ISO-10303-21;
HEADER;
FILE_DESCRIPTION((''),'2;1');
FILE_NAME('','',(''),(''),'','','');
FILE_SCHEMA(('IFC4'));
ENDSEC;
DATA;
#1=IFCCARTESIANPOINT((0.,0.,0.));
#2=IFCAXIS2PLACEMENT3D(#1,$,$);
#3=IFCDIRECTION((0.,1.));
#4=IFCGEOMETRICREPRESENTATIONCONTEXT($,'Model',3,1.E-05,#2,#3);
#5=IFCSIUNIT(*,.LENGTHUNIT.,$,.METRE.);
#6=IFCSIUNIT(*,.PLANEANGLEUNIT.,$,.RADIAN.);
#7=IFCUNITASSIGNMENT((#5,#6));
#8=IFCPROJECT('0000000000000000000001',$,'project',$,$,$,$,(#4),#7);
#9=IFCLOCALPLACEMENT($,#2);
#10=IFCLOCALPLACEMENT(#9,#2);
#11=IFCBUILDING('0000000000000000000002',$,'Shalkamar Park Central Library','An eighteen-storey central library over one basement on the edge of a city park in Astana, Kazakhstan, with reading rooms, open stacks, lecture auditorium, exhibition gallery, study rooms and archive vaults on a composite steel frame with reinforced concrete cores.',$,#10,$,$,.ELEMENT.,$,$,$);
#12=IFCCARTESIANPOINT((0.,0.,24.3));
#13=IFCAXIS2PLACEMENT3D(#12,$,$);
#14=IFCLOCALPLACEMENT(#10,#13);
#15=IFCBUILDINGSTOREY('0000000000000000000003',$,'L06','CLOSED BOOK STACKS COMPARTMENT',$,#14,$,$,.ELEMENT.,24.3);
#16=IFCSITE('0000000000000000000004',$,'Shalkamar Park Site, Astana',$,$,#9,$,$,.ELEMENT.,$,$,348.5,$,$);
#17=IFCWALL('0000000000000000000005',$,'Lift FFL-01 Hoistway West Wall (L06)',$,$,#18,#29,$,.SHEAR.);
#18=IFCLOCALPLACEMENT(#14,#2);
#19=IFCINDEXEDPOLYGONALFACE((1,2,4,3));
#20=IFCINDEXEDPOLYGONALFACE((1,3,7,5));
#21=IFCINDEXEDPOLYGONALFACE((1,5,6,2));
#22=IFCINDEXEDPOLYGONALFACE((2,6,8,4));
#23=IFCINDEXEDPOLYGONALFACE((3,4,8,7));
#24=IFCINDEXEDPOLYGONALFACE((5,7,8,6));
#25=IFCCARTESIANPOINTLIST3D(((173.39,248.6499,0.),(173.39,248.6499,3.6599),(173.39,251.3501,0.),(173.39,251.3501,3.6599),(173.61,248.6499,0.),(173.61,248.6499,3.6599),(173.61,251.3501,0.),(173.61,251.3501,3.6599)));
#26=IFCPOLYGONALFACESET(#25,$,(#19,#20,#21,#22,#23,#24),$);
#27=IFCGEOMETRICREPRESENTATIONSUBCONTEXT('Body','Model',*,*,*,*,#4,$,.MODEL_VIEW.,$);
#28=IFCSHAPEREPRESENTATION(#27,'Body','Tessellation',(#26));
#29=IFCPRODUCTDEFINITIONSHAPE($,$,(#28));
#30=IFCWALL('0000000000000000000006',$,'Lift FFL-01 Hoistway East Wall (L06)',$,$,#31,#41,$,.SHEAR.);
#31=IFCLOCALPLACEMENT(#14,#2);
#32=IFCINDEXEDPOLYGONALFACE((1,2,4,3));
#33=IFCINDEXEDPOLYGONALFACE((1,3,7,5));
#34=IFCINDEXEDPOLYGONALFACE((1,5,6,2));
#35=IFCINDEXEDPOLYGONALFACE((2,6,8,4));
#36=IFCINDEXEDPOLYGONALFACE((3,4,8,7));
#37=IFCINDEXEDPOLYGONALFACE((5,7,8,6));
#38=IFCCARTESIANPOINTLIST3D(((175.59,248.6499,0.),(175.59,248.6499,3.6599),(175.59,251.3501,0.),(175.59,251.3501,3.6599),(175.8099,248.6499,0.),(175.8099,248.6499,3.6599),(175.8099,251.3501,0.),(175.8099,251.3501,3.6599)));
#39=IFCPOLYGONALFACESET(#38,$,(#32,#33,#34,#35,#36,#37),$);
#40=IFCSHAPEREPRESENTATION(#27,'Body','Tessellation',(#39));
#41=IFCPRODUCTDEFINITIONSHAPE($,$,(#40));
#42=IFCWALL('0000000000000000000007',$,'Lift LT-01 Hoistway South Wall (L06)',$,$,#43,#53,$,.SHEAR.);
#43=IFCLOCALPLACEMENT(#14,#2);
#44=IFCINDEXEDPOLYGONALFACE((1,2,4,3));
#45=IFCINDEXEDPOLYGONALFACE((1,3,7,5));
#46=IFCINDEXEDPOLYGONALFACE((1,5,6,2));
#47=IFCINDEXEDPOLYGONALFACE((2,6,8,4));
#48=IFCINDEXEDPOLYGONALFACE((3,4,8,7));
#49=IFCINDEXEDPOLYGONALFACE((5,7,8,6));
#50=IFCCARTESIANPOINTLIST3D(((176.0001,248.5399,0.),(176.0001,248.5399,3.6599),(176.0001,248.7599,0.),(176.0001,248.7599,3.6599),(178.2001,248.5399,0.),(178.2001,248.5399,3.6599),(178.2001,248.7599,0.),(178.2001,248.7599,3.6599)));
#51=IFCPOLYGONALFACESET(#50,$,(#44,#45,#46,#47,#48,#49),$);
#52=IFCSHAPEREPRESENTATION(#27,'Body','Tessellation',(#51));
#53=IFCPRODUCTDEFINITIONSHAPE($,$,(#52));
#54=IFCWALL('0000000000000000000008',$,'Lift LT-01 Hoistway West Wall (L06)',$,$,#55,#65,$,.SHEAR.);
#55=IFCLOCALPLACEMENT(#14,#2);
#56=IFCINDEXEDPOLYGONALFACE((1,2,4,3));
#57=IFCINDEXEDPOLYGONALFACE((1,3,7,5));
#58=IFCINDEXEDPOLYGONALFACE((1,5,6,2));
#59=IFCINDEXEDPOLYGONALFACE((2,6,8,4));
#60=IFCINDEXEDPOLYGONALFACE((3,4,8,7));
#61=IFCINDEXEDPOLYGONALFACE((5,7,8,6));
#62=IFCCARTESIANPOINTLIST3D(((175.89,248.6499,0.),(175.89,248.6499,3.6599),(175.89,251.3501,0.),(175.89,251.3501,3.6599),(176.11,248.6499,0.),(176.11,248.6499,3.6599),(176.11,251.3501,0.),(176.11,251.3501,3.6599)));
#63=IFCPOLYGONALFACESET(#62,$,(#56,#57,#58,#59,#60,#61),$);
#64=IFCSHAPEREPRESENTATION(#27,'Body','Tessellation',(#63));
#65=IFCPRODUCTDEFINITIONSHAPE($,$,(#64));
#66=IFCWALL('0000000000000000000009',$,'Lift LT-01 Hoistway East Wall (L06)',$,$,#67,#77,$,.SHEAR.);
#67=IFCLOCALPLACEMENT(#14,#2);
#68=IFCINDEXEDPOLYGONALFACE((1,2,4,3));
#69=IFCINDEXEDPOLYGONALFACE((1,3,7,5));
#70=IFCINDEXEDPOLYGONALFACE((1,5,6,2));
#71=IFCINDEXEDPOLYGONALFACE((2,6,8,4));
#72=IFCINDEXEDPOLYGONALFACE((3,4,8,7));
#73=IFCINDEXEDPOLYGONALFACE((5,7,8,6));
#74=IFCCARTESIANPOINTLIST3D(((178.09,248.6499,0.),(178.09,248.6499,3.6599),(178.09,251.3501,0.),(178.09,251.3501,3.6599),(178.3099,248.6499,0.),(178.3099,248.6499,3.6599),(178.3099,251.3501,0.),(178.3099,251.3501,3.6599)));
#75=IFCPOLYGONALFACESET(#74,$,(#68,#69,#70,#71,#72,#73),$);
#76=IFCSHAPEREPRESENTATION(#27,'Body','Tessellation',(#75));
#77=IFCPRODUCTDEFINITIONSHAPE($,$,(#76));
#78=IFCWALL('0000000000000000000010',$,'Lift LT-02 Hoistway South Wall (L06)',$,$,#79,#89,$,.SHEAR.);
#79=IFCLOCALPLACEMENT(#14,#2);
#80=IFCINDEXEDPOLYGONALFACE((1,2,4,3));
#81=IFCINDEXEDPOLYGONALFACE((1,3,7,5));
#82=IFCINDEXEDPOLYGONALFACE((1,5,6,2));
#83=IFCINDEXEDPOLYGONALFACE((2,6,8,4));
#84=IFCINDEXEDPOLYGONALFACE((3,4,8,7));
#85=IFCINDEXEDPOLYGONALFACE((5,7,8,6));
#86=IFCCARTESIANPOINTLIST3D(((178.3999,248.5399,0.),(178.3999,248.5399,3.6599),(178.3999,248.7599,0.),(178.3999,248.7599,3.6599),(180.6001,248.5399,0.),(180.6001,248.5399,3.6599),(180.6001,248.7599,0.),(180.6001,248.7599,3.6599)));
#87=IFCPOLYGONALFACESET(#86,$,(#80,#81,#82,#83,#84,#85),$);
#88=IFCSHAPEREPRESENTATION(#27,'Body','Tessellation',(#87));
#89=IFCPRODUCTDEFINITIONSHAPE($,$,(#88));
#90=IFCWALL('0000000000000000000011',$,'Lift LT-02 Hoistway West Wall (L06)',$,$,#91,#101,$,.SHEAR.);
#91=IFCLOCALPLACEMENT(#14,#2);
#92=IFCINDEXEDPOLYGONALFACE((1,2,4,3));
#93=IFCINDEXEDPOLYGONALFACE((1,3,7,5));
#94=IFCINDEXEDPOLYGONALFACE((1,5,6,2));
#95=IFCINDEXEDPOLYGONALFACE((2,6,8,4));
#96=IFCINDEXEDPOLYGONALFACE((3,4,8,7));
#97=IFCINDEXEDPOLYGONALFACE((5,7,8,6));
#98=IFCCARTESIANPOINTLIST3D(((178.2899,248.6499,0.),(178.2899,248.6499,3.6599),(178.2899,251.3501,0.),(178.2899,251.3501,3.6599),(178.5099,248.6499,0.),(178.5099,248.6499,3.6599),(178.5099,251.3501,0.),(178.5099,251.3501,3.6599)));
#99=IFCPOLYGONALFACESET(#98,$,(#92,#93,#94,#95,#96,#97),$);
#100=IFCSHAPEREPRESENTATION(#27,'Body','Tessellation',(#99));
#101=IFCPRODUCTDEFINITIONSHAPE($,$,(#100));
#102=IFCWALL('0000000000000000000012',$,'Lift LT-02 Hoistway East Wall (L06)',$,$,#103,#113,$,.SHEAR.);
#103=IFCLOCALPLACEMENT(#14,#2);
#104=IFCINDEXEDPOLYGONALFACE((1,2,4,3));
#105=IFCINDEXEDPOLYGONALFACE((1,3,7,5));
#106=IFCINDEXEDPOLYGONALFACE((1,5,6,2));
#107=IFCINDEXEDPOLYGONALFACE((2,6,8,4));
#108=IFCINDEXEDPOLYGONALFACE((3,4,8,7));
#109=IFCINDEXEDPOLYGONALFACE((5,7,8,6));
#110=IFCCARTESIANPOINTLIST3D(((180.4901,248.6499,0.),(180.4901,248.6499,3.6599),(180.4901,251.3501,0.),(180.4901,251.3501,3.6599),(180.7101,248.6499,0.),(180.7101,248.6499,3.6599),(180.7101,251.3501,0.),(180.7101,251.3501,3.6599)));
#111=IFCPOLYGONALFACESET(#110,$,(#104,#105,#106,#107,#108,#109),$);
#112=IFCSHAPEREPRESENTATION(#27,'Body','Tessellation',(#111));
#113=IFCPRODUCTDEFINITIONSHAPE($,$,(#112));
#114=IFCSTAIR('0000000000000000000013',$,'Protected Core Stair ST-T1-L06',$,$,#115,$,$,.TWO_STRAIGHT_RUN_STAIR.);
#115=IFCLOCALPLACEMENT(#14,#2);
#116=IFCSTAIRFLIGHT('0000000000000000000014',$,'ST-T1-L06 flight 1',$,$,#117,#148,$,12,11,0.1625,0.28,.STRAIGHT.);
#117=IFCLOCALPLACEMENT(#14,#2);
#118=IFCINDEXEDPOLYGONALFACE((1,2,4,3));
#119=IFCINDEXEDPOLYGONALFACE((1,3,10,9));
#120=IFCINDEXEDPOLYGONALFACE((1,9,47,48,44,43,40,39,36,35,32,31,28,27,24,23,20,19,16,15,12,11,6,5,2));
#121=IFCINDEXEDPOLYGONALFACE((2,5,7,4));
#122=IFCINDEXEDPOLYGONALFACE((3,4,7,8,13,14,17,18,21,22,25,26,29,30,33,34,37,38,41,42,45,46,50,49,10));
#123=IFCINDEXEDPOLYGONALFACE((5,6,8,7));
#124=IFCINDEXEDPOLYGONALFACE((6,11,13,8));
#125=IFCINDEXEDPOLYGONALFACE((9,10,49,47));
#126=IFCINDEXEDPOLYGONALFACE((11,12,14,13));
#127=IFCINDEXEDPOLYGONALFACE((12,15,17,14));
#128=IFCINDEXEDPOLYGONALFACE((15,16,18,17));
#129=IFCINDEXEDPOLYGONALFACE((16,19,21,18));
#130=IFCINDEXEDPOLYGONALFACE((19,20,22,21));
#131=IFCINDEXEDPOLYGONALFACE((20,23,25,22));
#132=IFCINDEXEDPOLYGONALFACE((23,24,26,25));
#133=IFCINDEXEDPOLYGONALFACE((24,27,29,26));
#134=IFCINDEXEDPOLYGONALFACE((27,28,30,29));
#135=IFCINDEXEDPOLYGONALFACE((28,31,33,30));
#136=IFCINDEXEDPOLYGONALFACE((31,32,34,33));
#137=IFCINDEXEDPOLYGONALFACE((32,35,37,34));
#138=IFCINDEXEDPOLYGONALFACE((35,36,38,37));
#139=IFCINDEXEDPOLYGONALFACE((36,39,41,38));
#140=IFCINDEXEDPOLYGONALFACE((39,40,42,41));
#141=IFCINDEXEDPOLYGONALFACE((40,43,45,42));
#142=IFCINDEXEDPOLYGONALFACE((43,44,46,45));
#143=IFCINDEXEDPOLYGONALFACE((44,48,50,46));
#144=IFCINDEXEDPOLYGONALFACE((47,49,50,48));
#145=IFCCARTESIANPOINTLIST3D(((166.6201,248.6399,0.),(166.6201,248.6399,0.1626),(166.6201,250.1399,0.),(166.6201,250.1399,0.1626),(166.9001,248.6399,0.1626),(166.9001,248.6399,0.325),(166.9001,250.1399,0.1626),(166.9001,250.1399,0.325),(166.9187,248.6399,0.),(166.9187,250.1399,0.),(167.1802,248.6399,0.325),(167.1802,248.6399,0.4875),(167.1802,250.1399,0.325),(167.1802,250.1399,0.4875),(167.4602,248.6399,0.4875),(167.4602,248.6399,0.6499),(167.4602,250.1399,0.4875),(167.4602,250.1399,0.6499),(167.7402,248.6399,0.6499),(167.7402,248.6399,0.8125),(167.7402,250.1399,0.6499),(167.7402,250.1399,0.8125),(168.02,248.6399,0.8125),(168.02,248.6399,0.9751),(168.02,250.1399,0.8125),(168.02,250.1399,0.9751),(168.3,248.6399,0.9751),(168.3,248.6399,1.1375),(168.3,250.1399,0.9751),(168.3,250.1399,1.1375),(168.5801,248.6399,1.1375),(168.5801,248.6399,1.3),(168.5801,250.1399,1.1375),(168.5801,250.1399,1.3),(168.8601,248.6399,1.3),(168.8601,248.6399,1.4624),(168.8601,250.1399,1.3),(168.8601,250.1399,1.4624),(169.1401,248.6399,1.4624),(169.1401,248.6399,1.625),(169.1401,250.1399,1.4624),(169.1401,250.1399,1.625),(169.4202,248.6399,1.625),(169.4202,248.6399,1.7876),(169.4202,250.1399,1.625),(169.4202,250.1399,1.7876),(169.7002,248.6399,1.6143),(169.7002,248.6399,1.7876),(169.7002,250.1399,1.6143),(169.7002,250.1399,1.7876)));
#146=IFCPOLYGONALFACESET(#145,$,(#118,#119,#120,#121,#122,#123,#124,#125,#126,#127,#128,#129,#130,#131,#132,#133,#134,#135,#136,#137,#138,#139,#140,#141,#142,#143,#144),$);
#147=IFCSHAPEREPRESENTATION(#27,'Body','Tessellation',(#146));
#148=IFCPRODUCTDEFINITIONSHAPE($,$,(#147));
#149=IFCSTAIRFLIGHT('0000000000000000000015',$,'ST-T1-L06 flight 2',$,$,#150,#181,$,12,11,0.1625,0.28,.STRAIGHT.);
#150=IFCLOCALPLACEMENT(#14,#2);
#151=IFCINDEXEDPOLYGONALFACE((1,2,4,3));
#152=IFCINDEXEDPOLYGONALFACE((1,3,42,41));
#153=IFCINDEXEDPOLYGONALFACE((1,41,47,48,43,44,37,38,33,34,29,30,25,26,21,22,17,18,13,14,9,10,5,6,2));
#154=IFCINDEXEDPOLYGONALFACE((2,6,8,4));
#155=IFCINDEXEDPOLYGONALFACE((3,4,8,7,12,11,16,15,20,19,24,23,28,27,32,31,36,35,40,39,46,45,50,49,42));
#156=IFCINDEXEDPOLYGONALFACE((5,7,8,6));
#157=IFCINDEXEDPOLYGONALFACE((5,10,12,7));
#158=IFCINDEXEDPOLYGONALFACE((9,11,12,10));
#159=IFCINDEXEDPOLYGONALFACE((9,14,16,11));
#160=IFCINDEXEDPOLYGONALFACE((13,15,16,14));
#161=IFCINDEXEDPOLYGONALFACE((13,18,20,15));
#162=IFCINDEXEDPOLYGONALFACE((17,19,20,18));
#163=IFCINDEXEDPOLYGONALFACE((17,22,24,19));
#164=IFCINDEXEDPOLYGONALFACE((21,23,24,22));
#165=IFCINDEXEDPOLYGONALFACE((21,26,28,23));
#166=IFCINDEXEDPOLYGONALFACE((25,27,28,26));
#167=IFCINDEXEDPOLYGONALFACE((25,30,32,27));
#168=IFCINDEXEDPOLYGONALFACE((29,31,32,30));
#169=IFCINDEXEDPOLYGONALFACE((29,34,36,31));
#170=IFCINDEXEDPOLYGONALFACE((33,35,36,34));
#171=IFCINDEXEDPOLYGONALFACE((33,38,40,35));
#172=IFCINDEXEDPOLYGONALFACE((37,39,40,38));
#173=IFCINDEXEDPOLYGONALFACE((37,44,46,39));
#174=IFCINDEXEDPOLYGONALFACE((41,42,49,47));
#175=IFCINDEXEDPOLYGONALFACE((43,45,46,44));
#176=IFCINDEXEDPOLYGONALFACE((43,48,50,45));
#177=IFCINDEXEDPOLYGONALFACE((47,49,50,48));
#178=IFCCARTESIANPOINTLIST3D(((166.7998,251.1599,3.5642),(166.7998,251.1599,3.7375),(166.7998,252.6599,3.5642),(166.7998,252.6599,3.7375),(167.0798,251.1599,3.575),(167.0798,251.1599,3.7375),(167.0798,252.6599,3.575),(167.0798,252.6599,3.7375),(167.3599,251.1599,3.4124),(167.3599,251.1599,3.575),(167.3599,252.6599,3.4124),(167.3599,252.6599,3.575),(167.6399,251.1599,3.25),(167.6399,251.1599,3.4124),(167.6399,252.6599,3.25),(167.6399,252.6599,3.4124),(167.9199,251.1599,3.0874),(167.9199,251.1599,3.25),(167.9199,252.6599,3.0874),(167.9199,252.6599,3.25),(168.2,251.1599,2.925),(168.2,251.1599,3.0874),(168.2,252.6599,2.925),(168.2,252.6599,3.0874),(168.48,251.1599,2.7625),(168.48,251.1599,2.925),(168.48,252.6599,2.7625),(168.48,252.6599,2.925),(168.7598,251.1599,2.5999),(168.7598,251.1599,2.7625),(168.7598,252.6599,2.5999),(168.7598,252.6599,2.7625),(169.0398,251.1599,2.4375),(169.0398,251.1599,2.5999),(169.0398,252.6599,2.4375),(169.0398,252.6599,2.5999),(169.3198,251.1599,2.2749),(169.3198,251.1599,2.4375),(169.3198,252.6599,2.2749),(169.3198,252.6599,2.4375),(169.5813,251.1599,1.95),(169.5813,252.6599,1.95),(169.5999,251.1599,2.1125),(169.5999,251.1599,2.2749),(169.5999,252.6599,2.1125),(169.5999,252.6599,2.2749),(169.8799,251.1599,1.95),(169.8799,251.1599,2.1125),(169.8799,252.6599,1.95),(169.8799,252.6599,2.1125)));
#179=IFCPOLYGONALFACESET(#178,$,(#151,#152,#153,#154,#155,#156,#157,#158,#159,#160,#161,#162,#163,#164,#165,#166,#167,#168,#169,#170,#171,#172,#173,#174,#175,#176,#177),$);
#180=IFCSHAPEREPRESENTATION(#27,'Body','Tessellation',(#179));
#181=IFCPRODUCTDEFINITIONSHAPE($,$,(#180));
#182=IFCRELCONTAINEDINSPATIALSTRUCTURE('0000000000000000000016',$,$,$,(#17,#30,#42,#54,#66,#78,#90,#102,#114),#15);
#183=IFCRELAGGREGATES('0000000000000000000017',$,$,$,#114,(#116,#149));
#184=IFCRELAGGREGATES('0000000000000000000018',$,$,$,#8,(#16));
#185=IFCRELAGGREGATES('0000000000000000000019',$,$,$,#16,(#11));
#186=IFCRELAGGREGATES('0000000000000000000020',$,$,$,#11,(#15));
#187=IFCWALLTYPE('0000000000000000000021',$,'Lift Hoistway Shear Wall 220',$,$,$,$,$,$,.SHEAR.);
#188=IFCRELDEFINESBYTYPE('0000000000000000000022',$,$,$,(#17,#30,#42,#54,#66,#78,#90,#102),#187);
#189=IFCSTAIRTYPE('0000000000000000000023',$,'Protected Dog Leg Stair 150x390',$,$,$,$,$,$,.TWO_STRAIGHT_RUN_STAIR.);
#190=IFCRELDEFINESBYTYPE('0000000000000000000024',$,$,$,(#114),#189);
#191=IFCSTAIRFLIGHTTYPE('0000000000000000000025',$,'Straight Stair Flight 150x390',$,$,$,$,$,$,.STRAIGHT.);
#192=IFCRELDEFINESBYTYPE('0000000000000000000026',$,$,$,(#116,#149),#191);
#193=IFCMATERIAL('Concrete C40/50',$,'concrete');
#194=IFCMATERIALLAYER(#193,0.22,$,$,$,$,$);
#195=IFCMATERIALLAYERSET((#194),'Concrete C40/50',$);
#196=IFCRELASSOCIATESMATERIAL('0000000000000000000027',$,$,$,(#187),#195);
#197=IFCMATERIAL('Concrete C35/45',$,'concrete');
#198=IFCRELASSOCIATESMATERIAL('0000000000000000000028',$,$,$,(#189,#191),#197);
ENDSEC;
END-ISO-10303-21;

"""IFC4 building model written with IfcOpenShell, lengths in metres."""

from ifc_helpers import new_model, si_unit, direction, frame, frame_2d, origin, place, context, subcontext, project, spatial, polyline, rectangle, outline, extrude, material, layer, layer_set, type_object, element, aggregate, save


model = new_model("IFC4")

# Units and contexts
model_context = context("Model", 3, precision=1e-05, world=origin(), true_north=direction((0.0, 1.0)))
body_context = subcontext(model_context, "Body", "Model", "MODEL_VIEW")
ifc_project = project(units=[si_unit("LENGTHUNIT", "METRE"), si_unit("PLANEANGLEUNIT", "RADIAN")], contexts=[model_context])

# Site, building, storey
site_placement = place(None, origin())
site = spatial("IfcSite", under=ifc_project, at=site_placement, Name="Shalkamar Park Site, Astana", CompositionType="ELEMENT", RefElevation=348.5)
building_placement = place(site_placement, origin())
building = spatial("IfcBuilding", under=site, at=building_placement, Name="Shalkamar Park Central Library", Description="An eighteen-storey central library over one basement on the edge of a city park in Astana, Kazakhstan, with reading rooms, open stacks, lecture auditorium, exhibition gallery, study rooms and archive vaults on a composite steel frame with reinforced concrete cores.", CompositionType="ELEMENT")
storey_placement = place(building_placement, frame((0.0, 0.0, 24.3)))
storey = spatial("IfcBuildingStorey", under=building, at=storey_placement, Name="L06", Description="CLOSED BOOK STACKS COMPARTMENT", CompositionType="ELEMENT", Elevation=24.3)

# Walls
ifc_material_1 = material(Name="Concrete C40/50", Category="concrete")
ifc_layer_1 = layer(ifc_material_1, 0.22)
ifc_layer_set_1 = layer_set([ifc_layer_1], Name="Concrete C40/50")
wall_type_1 = type_object("IfcWallType", Name="Lift Hoistway Shear Wall 220", PredefinedType="SHEAR", material=ifc_layer_set_1)
for number, where, z_axis, x_axis, name in (
    (1, (173.5, 248.6499, 0.0), (0.0, 0.0, 1.0), (0.0, 1.0, 0.0), "Lift FFL-01 Hoistway West Wall (L06)"),
    (2, (175.7, 248.6499, 0.0), (0.0, 0.0, 1.0), (0.0, 1.0, 0.0), "Lift FFL-01 Hoistway East Wall (L06)"),
):
    element("IfcWall", number, at=place(storey_placement, frame(where, z_axis=z_axis, x_axis=x_axis)), inside=storey, type_object=wall_type_1, Name=name, PredefinedType="SHEAR", context=body_context, shape_type="SweptSolid", body=[
        extrude(rectangle(XDim=2.7002, YDim=0.22, at=frame_2d((1.3501, 0.0))), origin(), (0.0, 0.0, 1.0), 3.6599),
    ])

# Walls
wall_1_placement = place(storey_placement, frame((176.0, 248.6499, 0.0), z_axis=(0.0, 0.0, 1.0), x_axis=(1.0, 0.0, 0.0)))
element("IfcWall", 3, at=wall_1_placement, inside=storey, type_object=wall_type_1, Name="Lift LT-01 Hoistway South Wall (L06)", PredefinedType="SHEAR", context=body_context, shape_type="SweptSolid", body=[
    extrude(rectangle(XDim=2.2, YDim=0.22, at=frame_2d((1.1001, 0.0))), origin(), (0.0, 0.0, 1.0), 3.6599),
])
for number, where, z_axis, x_axis, name in (
    (4, (176.0, 248.6499, 0.0), (0.0, 0.0, 1.0), (0.0, 1.0, 0.0), "Lift LT-01 Hoistway West Wall (L06)"),
    (5, (178.2, 248.6499, 0.0), (0.0, 0.0, 1.0), (0.0, 1.0, 0.0), "Lift LT-01 Hoistway East Wall (L06)"),
):
    element("IfcWall", number, at=place(storey_placement, frame(where, z_axis=z_axis, x_axis=x_axis)), inside=storey, type_object=wall_type_1, Name=name, PredefinedType="SHEAR", context=body_context, shape_type="SweptSolid", body=[
        extrude(rectangle(XDim=2.7002, YDim=0.22, at=frame_2d((1.3501, 0.0))), origin(), (0.0, 0.0, 1.0), 3.6599),
    ])

# Walls
wall_2_placement = place(storey_placement, frame((178.3999, 248.6499, 0.0), z_axis=(0.0, 0.0, 1.0), x_axis=(1.0, 0.0, 0.0)))
element("IfcWall", 6, at=wall_2_placement, inside=storey, type_object=wall_type_1, Name="Lift LT-02 Hoistway South Wall (L06)", PredefinedType="SHEAR", context=body_context, shape_type="SweptSolid", body=[
    extrude(rectangle(XDim=2.2002, YDim=0.22, at=frame_2d((1.1001, 0.0))), origin(), (0.0, 0.0, 1.0), 3.6599),
])
for number, where, z_axis, x_axis, name in (
    (7, (178.3999, 248.6499, 0.0), (0.0, 0.0, 1.0), (0.0, 1.0, 0.0), "Lift LT-02 Hoistway West Wall (L06)"),
    (8, (180.6001, 248.6499, 0.0), (0.0, 0.0, 1.0), (0.0, 1.0, 0.0), "Lift LT-02 Hoistway East Wall (L06)"),
):
    element("IfcWall", number, at=place(storey_placement, frame(where, z_axis=z_axis, x_axis=x_axis)), inside=storey, type_object=wall_type_1, Name=name, PredefinedType="SHEAR", context=body_context, shape_type="SweptSolid", body=[
        extrude(rectangle(XDim=2.7002, YDim=0.22, at=frame_2d((1.3501, 0.0))), origin(), (0.0, 0.0, 1.0), 3.6599),
    ])

# Stair, stair flights
ifc_material_2 = material(Name="Concrete C35/45", Category="concrete")
stair_type = type_object("IfcStairType", Name="Protected Dog Leg Stair 150x390", PredefinedType="TWO_STRAIGHT_RUN_STAIR", material=ifc_material_2)
stair_placement = place(storey_placement, origin())
stair = element("IfcStair", 9, at=stair_placement, inside=storey, type_object=stair_type, Name="Protected Core Stair ST-T1-L06", PredefinedType="TWO_STRAIGHT_RUN_STAIR")
stair_flight_type = type_object("IfcStairFlightType", Name="Straight Stair Flight 150x390", PredefinedType="STRAIGHT", material=ifc_material_2)
stair_flight_1_placement = place(storey_placement, frame((166.6201, 249.3899, 0.0), z_axis=(0.0, 0.0, 1.0), x_axis=(1.0, 0.0, 0.0)))
stair_flight_1 = element("IfcStairFlight", 10, at=stair_flight_1_placement, type_object=stair_flight_type, Name="ST-T1-L06 flight 1", NumberOfRisers=12, NumberOfTreads=11, PredefinedType="STRAIGHT", RiserHeight=0.1625, TreadLength=0.28, context=body_context, shape_type="SweptSolid", body=[
    extrude(outline(polyline([(0.0, 0.0), (0.0, 0.1626), (0.28, 0.1626), (0.28, 0.325), (0.5601, 0.325), (0.5601, 0.4875), (0.8401, 0.4875), (0.8401, 0.6499), (1.1201, 0.6499), (1.1201, 0.8125), (1.3999, 0.8125), (1.3999, 0.9751), (1.6799, 0.9751), (1.6799, 1.1375), (1.96, 1.1375), (1.96, 1.3), (2.24, 1.3), (2.24, 1.4624), (2.52, 1.4624), (2.52, 1.625), (2.8, 1.625), (2.8, 1.7876), (3.0801, 1.7876), (3.0801, 1.95), (3.0801, 1.6143), (0.2986, 0.0), (0.0, 0.0)])), frame((0.0, 0.75, 0.0), z_axis=(0.0, -1.0, 0.0), x_axis=(1.0, 0.0, 0.0)), (0.0, 0.0, 1.0), 1.5),
])
stair_flight_2_placement = place(storey_placement, frame((169.8799, 251.9099, 1.95), z_axis=(0.0, 0.0, 1.0), x_axis=(-1.0, 0.0, 0.0)))
stair_flight_2 = element("IfcStairFlight", 11, at=stair_flight_2_placement, type_object=stair_flight_type, Name="ST-T1-L06 flight 2", NumberOfRisers=12, NumberOfTreads=11, PredefinedType="STRAIGHT", RiserHeight=0.1625, TreadLength=0.28, context=body_context, shape_type="SweptSolid", body=[
    extrude(outline(polyline([(0.0, 0.0), (0.0, 0.1626), (0.28, 0.1626), (0.28, 0.325), (0.5601, 0.325), (0.5601, 0.4875), (0.8401, 0.4875), (0.8401, 0.6499), (1.1201, 0.6499), (1.1201, 0.8125), (1.3999, 0.8125), (1.3999, 0.9751), (1.6799, 0.9751), (1.6799, 1.1375), (1.96, 1.1375), (1.96, 1.3), (2.24, 1.3), (2.24, 1.4624), (2.52, 1.4624), (2.52, 1.625), (2.8, 1.625), (2.8, 1.7876), (3.0801, 1.7876), (3.0801, 1.95), (3.0801, 1.6143), (0.2986, 0.0), (0.0, 0.0)])), frame((0.0, 0.75, 0.0), z_axis=(0.0, -1.0, 0.0), x_axis=(1.0, 0.0, 0.0)), (0.0, 0.0, 1.0), 1.5),
])
aggregate(stair, [stair_flight_1, stair_flight_2])

save(model, "model.ifc")
